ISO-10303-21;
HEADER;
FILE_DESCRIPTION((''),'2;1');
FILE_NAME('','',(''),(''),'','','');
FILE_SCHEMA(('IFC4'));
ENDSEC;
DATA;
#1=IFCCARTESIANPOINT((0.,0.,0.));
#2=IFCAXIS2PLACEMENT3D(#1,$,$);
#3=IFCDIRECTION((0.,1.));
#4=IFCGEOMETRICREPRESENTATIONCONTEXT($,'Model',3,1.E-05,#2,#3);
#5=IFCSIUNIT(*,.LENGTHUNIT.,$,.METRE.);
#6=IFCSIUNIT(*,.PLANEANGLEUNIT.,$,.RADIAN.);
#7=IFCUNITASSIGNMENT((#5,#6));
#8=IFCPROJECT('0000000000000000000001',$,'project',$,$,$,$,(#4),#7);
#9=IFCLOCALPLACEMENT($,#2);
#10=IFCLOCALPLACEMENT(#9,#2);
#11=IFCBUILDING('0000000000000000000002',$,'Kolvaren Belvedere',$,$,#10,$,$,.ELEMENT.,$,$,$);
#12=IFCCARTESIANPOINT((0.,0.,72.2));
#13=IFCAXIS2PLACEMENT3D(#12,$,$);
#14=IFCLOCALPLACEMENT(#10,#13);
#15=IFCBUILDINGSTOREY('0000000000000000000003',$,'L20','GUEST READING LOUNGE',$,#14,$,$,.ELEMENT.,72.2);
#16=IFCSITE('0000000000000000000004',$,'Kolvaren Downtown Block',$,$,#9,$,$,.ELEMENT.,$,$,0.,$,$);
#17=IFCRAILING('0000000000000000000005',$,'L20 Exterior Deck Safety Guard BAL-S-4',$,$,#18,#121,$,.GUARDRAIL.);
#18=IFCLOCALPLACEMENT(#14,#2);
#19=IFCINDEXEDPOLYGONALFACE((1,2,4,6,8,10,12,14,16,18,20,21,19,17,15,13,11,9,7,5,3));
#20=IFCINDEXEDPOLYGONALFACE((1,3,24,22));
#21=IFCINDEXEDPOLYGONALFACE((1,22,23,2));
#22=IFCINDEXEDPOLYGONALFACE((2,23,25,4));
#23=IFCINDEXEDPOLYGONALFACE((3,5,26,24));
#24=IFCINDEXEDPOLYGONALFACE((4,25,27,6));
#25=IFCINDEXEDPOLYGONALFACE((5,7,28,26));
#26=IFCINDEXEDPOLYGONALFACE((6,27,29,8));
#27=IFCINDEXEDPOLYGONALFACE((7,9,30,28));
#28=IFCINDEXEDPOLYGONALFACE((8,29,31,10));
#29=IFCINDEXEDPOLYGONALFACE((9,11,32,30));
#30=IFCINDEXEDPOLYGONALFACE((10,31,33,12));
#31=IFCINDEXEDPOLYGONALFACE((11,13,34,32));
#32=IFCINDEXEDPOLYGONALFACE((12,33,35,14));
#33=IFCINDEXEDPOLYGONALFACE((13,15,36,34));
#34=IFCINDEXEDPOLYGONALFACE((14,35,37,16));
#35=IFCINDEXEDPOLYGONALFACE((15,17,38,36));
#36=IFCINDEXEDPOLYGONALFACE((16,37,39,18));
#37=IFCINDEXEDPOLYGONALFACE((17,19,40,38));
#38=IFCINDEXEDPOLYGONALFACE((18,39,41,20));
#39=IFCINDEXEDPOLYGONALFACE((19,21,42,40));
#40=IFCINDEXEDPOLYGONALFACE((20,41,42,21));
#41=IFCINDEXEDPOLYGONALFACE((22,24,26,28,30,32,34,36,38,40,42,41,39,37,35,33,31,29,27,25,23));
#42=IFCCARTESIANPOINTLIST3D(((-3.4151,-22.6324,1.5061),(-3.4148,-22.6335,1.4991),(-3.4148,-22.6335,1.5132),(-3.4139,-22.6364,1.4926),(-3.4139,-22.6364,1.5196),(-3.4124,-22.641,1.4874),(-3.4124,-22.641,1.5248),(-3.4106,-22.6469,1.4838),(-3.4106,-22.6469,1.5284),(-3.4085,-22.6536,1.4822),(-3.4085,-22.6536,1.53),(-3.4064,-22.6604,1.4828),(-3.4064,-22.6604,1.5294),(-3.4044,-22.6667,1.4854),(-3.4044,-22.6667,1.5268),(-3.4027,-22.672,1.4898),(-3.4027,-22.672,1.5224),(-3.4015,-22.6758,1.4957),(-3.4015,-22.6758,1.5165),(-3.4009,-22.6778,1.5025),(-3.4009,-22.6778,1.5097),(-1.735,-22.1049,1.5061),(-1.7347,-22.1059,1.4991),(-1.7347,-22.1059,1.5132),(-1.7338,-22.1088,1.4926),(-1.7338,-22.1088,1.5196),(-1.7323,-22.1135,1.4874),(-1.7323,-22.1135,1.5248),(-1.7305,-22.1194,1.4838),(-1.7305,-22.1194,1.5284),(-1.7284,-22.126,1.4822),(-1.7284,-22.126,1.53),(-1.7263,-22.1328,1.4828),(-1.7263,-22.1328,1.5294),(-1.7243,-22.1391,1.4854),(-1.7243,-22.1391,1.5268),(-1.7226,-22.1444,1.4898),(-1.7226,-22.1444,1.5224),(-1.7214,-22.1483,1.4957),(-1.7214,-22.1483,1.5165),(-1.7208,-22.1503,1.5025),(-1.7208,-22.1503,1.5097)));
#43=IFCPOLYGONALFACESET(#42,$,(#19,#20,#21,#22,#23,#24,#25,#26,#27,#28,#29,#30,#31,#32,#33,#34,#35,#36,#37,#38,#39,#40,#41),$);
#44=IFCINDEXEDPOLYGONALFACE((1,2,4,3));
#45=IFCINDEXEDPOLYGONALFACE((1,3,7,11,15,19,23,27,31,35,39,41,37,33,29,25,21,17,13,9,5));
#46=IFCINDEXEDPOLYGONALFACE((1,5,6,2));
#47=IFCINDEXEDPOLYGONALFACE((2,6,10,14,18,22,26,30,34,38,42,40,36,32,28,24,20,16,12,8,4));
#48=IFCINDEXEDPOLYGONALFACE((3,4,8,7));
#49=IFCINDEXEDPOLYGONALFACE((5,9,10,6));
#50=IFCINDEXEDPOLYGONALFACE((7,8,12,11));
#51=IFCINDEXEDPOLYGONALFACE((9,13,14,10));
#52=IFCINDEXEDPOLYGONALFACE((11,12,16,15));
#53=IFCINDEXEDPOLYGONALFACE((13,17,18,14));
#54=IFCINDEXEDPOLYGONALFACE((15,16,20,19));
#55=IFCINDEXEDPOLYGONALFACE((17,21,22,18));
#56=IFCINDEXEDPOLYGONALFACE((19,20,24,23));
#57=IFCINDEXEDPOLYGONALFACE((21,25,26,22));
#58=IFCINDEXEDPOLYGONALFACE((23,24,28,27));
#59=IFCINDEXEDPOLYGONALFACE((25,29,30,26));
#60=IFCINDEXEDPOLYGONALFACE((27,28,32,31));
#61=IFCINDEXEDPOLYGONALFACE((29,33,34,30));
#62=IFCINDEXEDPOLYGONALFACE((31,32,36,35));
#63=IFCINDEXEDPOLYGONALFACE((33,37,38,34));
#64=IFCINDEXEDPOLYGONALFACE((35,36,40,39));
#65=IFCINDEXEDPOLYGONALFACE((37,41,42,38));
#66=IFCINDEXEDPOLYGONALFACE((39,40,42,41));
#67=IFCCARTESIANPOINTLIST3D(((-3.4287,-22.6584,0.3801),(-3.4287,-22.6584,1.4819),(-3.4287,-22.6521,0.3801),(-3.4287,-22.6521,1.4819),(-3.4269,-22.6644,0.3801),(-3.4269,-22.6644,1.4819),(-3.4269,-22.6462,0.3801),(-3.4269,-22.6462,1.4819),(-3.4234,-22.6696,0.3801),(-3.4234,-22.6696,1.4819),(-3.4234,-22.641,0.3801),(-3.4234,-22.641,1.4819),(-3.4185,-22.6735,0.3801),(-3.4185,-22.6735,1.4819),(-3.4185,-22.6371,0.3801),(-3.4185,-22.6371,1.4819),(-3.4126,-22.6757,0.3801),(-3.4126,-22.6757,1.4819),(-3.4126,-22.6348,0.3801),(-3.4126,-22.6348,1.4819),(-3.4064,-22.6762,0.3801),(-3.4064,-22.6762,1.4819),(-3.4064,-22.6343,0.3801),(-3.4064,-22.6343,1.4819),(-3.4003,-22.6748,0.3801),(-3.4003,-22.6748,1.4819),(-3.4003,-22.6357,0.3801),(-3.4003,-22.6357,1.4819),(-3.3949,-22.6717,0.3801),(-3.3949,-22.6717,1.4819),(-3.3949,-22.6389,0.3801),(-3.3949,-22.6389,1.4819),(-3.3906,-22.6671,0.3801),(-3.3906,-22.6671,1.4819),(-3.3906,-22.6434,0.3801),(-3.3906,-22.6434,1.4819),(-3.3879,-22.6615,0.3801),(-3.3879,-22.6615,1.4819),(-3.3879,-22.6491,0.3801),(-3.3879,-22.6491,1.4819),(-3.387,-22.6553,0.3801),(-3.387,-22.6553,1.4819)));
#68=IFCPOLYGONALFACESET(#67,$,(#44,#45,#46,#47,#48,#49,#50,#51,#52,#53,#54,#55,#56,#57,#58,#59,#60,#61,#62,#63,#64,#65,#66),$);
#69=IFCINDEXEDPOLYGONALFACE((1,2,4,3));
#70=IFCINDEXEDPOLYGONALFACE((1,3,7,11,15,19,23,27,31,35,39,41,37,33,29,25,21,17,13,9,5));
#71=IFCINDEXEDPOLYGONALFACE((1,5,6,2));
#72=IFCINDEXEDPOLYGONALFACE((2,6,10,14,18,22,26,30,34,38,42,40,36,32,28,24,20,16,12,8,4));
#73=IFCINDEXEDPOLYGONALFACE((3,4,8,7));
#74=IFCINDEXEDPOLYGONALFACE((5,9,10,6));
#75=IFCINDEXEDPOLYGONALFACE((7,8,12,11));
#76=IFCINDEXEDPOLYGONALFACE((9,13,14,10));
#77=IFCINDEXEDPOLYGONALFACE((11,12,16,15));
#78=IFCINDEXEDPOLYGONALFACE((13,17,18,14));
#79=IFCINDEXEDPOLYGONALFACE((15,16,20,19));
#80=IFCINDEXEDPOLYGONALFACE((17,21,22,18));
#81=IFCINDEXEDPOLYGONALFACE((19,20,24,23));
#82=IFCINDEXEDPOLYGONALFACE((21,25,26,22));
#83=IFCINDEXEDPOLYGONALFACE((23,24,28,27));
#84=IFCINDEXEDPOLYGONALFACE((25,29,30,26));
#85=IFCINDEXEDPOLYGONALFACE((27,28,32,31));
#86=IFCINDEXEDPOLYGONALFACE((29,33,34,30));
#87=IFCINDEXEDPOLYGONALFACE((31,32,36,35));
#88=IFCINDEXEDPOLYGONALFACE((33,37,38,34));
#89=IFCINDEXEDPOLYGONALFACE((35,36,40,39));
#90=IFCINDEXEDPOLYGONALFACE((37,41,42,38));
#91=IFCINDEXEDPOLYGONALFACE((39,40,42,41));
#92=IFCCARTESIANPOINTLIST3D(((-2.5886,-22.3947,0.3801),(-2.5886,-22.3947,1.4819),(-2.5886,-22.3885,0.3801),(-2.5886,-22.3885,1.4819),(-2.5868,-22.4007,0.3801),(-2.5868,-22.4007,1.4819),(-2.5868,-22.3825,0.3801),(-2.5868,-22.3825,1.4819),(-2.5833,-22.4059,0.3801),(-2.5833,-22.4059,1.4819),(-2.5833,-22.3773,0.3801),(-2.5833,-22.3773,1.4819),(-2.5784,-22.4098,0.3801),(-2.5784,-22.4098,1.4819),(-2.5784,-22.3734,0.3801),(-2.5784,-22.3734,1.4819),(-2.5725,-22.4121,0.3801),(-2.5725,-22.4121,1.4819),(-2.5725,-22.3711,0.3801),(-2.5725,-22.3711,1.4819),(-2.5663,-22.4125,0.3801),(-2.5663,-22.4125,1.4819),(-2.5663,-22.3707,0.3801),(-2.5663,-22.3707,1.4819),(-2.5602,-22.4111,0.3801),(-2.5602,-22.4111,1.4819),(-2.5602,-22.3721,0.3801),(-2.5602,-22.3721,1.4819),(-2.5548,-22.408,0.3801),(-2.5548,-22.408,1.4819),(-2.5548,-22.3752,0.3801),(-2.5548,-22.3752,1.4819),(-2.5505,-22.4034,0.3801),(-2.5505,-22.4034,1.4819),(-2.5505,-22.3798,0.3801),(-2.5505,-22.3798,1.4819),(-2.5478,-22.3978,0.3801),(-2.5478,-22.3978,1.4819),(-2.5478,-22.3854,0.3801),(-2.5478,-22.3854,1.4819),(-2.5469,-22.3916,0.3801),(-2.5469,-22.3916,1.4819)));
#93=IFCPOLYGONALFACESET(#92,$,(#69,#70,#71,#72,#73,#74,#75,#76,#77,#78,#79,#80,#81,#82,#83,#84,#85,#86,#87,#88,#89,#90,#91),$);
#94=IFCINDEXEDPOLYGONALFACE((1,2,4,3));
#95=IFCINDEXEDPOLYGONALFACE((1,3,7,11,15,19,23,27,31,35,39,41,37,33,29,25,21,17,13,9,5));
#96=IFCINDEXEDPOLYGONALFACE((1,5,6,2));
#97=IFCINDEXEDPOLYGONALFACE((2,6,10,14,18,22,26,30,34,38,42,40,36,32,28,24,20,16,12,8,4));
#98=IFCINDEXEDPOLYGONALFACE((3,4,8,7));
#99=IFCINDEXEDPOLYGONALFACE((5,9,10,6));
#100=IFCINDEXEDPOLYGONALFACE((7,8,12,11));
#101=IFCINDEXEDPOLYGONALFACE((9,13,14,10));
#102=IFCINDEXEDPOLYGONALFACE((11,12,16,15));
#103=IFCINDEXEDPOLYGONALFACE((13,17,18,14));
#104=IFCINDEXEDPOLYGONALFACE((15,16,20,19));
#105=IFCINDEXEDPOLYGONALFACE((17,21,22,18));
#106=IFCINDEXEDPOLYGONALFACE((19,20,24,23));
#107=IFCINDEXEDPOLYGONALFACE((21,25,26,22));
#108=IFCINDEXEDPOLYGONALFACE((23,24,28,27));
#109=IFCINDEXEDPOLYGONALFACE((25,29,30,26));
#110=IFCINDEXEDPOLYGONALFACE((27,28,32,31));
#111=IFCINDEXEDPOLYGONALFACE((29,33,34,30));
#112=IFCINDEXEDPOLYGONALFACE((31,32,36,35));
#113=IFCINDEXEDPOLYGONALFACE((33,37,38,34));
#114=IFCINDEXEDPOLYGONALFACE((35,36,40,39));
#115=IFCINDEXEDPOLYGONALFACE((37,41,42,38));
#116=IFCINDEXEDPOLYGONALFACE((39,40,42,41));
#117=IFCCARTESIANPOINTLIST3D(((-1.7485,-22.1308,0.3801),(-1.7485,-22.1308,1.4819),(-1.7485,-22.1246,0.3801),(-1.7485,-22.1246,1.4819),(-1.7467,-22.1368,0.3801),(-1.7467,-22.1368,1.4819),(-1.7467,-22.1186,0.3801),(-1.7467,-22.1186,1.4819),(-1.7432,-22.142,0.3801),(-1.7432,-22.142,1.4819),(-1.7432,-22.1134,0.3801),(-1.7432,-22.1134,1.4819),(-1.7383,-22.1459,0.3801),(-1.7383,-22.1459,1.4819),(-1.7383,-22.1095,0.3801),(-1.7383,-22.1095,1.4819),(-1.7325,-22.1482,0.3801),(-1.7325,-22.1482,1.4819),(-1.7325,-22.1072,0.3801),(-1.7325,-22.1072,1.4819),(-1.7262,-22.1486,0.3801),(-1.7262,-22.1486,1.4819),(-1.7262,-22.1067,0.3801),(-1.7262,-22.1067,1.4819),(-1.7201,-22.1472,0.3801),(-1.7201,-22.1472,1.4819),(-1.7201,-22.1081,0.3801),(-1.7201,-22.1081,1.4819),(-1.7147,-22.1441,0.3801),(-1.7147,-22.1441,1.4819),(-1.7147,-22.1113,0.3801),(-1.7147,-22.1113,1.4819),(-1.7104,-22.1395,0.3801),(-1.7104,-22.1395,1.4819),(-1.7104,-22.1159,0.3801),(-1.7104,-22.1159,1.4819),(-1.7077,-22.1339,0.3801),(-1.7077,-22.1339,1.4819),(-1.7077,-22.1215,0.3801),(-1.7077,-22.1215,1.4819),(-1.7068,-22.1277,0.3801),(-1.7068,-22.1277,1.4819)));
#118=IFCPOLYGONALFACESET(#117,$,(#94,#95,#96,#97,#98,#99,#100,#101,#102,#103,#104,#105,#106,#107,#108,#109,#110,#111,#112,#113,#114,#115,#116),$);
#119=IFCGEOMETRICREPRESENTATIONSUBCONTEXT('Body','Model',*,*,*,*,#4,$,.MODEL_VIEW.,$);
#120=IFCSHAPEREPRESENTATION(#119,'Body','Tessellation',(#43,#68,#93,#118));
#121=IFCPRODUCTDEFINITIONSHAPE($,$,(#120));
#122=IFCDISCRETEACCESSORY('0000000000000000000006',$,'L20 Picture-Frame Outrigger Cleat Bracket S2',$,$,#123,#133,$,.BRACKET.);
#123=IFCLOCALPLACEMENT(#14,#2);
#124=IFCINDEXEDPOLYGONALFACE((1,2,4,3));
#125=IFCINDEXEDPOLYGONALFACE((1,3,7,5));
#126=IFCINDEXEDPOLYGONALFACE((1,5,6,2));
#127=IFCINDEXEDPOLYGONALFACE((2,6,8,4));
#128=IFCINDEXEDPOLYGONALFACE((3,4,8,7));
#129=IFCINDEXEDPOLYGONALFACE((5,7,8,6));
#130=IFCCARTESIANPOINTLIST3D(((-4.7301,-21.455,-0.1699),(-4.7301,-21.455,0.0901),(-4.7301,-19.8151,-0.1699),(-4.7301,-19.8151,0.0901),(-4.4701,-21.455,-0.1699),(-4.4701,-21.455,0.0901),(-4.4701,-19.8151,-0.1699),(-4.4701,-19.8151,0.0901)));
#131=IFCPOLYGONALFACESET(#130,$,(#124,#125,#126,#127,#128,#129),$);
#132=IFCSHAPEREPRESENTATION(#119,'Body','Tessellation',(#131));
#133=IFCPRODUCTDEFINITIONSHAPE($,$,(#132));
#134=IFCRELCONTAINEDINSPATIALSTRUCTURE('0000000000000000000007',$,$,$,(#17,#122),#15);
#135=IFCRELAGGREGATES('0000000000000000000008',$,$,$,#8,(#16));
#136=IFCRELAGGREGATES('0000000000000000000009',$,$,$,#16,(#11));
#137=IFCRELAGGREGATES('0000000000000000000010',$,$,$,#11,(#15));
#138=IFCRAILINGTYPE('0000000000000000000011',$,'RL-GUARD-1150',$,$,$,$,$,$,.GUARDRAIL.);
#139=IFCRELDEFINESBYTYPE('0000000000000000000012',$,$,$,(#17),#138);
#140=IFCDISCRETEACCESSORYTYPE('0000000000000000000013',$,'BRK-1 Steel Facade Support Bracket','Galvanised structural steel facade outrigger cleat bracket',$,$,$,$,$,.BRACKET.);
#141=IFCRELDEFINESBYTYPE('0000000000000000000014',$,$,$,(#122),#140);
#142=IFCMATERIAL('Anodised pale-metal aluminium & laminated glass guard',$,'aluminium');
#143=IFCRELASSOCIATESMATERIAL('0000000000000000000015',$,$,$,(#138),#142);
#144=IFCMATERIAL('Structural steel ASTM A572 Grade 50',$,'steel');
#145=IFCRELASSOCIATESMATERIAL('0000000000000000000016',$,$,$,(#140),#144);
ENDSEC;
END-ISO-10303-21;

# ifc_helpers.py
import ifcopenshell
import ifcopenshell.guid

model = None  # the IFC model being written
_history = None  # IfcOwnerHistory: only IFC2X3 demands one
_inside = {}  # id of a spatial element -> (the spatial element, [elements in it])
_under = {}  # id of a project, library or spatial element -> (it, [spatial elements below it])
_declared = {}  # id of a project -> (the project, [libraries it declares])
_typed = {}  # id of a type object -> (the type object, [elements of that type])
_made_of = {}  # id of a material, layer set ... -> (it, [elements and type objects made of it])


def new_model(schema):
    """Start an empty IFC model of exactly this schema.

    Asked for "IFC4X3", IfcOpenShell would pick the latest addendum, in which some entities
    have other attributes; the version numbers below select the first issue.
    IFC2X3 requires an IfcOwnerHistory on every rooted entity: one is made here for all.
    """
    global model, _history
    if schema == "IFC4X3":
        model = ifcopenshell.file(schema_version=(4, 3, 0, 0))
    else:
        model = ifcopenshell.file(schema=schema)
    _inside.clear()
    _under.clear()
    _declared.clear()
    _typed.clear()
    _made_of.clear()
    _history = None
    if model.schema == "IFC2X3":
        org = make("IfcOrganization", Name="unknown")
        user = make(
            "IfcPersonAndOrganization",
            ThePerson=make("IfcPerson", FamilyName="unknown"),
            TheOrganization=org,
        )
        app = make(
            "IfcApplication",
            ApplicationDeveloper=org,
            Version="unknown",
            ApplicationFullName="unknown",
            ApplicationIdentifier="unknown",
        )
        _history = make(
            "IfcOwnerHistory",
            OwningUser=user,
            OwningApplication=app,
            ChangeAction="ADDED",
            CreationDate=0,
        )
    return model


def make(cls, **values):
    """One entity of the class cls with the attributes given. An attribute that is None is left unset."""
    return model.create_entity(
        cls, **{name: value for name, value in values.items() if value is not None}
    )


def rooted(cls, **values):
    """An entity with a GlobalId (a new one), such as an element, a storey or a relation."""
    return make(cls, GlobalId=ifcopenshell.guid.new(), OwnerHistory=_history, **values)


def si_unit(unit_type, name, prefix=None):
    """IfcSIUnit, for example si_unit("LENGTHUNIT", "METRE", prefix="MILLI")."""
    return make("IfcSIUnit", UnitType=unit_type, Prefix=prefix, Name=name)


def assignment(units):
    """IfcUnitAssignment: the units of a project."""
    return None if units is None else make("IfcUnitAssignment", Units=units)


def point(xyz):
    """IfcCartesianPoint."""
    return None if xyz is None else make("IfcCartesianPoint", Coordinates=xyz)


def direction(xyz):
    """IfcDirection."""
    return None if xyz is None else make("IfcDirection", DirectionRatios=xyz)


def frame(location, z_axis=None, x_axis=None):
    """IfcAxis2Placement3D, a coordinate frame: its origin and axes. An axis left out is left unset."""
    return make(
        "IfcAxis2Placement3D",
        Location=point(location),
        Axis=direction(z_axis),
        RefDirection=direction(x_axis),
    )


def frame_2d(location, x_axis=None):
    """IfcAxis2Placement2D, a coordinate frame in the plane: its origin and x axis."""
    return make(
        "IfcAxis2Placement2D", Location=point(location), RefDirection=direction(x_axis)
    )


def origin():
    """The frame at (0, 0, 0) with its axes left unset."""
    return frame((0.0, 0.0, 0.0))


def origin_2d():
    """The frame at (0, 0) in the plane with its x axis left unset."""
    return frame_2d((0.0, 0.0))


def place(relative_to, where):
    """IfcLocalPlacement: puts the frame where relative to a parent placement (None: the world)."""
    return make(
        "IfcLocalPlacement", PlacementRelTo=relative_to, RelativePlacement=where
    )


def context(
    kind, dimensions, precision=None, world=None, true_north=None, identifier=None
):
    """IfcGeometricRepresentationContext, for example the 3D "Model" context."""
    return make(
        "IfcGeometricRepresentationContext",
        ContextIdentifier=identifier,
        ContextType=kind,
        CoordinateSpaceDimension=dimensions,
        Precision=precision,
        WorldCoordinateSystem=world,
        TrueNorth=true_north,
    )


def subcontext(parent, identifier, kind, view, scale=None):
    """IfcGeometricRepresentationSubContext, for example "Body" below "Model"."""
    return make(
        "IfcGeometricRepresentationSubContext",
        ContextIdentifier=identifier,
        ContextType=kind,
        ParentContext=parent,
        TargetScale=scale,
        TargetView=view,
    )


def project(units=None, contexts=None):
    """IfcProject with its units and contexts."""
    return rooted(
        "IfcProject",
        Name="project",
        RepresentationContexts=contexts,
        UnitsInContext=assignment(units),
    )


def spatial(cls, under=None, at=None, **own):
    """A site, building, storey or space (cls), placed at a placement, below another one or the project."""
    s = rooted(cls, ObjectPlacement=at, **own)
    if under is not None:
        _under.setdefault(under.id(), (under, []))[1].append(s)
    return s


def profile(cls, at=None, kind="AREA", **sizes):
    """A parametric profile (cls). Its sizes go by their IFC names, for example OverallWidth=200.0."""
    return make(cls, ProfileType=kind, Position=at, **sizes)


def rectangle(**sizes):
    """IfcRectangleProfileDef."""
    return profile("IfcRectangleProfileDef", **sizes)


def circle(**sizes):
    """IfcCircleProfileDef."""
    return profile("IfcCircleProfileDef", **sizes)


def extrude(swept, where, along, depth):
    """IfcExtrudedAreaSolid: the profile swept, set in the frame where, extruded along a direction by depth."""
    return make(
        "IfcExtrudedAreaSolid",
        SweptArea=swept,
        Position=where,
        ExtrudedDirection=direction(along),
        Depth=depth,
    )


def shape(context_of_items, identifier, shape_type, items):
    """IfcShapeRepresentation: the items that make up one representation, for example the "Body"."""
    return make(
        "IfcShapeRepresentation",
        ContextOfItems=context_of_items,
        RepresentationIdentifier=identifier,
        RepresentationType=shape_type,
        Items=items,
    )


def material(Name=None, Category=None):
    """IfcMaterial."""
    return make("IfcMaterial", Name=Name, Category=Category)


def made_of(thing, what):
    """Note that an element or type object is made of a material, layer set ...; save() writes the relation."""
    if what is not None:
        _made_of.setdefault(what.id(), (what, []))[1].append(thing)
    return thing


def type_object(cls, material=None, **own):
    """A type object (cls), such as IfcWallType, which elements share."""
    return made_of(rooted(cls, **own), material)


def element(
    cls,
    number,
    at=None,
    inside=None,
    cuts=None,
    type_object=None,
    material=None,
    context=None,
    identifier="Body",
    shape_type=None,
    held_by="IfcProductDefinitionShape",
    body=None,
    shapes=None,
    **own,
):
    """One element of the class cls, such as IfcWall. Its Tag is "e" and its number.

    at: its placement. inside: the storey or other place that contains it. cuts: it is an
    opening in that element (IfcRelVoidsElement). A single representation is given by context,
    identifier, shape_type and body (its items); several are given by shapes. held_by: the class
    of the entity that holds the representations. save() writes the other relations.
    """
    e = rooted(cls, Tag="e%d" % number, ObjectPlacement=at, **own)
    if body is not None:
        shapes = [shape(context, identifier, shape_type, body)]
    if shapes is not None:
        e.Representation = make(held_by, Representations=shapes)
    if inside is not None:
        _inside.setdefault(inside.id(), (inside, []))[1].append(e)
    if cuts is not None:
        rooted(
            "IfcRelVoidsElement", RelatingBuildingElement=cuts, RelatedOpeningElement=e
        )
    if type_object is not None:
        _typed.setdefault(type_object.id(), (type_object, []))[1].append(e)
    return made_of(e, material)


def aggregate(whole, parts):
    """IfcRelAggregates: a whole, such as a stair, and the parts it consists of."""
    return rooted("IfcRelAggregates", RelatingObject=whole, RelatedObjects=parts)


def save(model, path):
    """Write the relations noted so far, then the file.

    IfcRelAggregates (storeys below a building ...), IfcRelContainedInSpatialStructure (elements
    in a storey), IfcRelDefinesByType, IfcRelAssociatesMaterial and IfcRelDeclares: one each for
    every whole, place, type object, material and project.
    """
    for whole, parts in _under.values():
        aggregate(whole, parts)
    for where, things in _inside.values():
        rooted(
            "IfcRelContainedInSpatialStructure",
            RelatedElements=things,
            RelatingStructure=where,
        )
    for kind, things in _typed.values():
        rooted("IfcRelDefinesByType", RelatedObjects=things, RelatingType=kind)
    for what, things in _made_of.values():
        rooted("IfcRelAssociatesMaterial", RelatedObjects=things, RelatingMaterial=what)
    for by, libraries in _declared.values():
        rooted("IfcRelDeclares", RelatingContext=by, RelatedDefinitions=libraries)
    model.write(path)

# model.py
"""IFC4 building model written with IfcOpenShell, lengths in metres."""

from ifc_helpers import new_model, si_unit, direction, frame, origin, origin_2d, place, context, subcontext, project, spatial, rectangle, circle, extrude, material, type_object, element, save


model = new_model("IFC4")

# Units and contexts
model_context = context("Model", 3, precision=1e-05, world=origin(), true_north=direction((0.0, 1.0)))
body_context = subcontext(model_context, "Body", "Model", "MODEL_VIEW")
ifc_project = project(units=[si_unit("LENGTHUNIT", "METRE"), si_unit("PLANEANGLEUNIT", "RADIAN")], contexts=[model_context])

# Site, building, storey
site_placement = place(None, origin())
site = spatial("IfcSite", under=ifc_project, at=site_placement, Name="Kolvaren Downtown Block", CompositionType="ELEMENT", RefElevation=0.0)
building_placement = place(site_placement, origin())
building = spatial("IfcBuilding", under=site, at=building_placement, Name="Kolvaren Belvedere", CompositionType="ELEMENT")
storey_placement = place(building_placement, frame((0.0, 0.0, 72.2)))
storey = spatial("IfcBuildingStorey", under=building, at=storey_placement, Name="L20", Description="GUEST READING LOUNGE", CompositionType="ELEMENT", Elevation=72.2)

# Railing
ifc_material_1 = material(Name="Anodised pale-metal aluminium & laminated glass guard", Category="aluminium")
railing_type = type_object("IfcRailingType", Name="RL-GUARD-1150", PredefinedType="GUARDRAIL", material=ifc_material_1)
railing_1_placement = place(storey_placement, frame((-3.408, -22.6553, 0.3801)))
element("IfcRailing", 1, at=railing_1_placement, inside=storey, type_object=railing_type, Name="L20 Exterior Deck Safety Guard BAL-S-4", PredefinedType="GUARDRAIL", context=body_context, shape_type="SweptSolid", body=[
    extrude(circle(Radius=0.0239, at=origin_2d()), frame((0.0, 0.0, 1.126), z_axis=(0.95407, 0.299585, 0.0), x_axis=(-0.299585, 0.95407, 0.0)), (0.0, 0.0, 1.0), 1.761),
    extrude(circle(Radius=0.021, at=origin_2d()), origin(), (0.0, 0.0, 1.0), 1.1018),
    extrude(circle(Radius=0.021, at=origin_2d()), frame((0.8401, 0.2637, 0.0)), (0.0, 0.0, 1.0), 1.1018),
    extrude(circle(Radius=0.021, at=origin_2d()), frame((1.6802, 0.5276, 0.0)), (0.0, 0.0, 1.0), 1.1018),
])

# Discrete accessory
ifc_material_2 = material(Name="Structural steel ASTM A572 Grade 50", Category="steel")
discrete_accessory_type = type_object("IfcDiscreteAccessoryType", Name="BRK-1 Steel Facade Support Bracket", Description="Galvanised structural steel facade outrigger cleat bracket", PredefinedType="BRACKET", material=ifc_material_2)
discrete_accessory_placement = place(storey_placement, frame((-4.6001, -20.635, -0.1699), z_axis=(0.0, 0.0, 1.0), x_axis=(0.0, 1.0, 0.0)))
element("IfcDiscreteAccessory", 2, at=discrete_accessory_placement, inside=storey, type_object=discrete_accessory_type, Name="L20 Picture-Frame Outrigger Cleat Bracket S2", PredefinedType="BRACKET", context=body_context, shape_type="SweptSolid", body=[
    extrude(rectangle(XDim=1.6399, YDim=0.26, at=origin_2d()), origin(), (0.0, 0.0, 1.0), 0.26),
])

save(model, "model.ifc")
